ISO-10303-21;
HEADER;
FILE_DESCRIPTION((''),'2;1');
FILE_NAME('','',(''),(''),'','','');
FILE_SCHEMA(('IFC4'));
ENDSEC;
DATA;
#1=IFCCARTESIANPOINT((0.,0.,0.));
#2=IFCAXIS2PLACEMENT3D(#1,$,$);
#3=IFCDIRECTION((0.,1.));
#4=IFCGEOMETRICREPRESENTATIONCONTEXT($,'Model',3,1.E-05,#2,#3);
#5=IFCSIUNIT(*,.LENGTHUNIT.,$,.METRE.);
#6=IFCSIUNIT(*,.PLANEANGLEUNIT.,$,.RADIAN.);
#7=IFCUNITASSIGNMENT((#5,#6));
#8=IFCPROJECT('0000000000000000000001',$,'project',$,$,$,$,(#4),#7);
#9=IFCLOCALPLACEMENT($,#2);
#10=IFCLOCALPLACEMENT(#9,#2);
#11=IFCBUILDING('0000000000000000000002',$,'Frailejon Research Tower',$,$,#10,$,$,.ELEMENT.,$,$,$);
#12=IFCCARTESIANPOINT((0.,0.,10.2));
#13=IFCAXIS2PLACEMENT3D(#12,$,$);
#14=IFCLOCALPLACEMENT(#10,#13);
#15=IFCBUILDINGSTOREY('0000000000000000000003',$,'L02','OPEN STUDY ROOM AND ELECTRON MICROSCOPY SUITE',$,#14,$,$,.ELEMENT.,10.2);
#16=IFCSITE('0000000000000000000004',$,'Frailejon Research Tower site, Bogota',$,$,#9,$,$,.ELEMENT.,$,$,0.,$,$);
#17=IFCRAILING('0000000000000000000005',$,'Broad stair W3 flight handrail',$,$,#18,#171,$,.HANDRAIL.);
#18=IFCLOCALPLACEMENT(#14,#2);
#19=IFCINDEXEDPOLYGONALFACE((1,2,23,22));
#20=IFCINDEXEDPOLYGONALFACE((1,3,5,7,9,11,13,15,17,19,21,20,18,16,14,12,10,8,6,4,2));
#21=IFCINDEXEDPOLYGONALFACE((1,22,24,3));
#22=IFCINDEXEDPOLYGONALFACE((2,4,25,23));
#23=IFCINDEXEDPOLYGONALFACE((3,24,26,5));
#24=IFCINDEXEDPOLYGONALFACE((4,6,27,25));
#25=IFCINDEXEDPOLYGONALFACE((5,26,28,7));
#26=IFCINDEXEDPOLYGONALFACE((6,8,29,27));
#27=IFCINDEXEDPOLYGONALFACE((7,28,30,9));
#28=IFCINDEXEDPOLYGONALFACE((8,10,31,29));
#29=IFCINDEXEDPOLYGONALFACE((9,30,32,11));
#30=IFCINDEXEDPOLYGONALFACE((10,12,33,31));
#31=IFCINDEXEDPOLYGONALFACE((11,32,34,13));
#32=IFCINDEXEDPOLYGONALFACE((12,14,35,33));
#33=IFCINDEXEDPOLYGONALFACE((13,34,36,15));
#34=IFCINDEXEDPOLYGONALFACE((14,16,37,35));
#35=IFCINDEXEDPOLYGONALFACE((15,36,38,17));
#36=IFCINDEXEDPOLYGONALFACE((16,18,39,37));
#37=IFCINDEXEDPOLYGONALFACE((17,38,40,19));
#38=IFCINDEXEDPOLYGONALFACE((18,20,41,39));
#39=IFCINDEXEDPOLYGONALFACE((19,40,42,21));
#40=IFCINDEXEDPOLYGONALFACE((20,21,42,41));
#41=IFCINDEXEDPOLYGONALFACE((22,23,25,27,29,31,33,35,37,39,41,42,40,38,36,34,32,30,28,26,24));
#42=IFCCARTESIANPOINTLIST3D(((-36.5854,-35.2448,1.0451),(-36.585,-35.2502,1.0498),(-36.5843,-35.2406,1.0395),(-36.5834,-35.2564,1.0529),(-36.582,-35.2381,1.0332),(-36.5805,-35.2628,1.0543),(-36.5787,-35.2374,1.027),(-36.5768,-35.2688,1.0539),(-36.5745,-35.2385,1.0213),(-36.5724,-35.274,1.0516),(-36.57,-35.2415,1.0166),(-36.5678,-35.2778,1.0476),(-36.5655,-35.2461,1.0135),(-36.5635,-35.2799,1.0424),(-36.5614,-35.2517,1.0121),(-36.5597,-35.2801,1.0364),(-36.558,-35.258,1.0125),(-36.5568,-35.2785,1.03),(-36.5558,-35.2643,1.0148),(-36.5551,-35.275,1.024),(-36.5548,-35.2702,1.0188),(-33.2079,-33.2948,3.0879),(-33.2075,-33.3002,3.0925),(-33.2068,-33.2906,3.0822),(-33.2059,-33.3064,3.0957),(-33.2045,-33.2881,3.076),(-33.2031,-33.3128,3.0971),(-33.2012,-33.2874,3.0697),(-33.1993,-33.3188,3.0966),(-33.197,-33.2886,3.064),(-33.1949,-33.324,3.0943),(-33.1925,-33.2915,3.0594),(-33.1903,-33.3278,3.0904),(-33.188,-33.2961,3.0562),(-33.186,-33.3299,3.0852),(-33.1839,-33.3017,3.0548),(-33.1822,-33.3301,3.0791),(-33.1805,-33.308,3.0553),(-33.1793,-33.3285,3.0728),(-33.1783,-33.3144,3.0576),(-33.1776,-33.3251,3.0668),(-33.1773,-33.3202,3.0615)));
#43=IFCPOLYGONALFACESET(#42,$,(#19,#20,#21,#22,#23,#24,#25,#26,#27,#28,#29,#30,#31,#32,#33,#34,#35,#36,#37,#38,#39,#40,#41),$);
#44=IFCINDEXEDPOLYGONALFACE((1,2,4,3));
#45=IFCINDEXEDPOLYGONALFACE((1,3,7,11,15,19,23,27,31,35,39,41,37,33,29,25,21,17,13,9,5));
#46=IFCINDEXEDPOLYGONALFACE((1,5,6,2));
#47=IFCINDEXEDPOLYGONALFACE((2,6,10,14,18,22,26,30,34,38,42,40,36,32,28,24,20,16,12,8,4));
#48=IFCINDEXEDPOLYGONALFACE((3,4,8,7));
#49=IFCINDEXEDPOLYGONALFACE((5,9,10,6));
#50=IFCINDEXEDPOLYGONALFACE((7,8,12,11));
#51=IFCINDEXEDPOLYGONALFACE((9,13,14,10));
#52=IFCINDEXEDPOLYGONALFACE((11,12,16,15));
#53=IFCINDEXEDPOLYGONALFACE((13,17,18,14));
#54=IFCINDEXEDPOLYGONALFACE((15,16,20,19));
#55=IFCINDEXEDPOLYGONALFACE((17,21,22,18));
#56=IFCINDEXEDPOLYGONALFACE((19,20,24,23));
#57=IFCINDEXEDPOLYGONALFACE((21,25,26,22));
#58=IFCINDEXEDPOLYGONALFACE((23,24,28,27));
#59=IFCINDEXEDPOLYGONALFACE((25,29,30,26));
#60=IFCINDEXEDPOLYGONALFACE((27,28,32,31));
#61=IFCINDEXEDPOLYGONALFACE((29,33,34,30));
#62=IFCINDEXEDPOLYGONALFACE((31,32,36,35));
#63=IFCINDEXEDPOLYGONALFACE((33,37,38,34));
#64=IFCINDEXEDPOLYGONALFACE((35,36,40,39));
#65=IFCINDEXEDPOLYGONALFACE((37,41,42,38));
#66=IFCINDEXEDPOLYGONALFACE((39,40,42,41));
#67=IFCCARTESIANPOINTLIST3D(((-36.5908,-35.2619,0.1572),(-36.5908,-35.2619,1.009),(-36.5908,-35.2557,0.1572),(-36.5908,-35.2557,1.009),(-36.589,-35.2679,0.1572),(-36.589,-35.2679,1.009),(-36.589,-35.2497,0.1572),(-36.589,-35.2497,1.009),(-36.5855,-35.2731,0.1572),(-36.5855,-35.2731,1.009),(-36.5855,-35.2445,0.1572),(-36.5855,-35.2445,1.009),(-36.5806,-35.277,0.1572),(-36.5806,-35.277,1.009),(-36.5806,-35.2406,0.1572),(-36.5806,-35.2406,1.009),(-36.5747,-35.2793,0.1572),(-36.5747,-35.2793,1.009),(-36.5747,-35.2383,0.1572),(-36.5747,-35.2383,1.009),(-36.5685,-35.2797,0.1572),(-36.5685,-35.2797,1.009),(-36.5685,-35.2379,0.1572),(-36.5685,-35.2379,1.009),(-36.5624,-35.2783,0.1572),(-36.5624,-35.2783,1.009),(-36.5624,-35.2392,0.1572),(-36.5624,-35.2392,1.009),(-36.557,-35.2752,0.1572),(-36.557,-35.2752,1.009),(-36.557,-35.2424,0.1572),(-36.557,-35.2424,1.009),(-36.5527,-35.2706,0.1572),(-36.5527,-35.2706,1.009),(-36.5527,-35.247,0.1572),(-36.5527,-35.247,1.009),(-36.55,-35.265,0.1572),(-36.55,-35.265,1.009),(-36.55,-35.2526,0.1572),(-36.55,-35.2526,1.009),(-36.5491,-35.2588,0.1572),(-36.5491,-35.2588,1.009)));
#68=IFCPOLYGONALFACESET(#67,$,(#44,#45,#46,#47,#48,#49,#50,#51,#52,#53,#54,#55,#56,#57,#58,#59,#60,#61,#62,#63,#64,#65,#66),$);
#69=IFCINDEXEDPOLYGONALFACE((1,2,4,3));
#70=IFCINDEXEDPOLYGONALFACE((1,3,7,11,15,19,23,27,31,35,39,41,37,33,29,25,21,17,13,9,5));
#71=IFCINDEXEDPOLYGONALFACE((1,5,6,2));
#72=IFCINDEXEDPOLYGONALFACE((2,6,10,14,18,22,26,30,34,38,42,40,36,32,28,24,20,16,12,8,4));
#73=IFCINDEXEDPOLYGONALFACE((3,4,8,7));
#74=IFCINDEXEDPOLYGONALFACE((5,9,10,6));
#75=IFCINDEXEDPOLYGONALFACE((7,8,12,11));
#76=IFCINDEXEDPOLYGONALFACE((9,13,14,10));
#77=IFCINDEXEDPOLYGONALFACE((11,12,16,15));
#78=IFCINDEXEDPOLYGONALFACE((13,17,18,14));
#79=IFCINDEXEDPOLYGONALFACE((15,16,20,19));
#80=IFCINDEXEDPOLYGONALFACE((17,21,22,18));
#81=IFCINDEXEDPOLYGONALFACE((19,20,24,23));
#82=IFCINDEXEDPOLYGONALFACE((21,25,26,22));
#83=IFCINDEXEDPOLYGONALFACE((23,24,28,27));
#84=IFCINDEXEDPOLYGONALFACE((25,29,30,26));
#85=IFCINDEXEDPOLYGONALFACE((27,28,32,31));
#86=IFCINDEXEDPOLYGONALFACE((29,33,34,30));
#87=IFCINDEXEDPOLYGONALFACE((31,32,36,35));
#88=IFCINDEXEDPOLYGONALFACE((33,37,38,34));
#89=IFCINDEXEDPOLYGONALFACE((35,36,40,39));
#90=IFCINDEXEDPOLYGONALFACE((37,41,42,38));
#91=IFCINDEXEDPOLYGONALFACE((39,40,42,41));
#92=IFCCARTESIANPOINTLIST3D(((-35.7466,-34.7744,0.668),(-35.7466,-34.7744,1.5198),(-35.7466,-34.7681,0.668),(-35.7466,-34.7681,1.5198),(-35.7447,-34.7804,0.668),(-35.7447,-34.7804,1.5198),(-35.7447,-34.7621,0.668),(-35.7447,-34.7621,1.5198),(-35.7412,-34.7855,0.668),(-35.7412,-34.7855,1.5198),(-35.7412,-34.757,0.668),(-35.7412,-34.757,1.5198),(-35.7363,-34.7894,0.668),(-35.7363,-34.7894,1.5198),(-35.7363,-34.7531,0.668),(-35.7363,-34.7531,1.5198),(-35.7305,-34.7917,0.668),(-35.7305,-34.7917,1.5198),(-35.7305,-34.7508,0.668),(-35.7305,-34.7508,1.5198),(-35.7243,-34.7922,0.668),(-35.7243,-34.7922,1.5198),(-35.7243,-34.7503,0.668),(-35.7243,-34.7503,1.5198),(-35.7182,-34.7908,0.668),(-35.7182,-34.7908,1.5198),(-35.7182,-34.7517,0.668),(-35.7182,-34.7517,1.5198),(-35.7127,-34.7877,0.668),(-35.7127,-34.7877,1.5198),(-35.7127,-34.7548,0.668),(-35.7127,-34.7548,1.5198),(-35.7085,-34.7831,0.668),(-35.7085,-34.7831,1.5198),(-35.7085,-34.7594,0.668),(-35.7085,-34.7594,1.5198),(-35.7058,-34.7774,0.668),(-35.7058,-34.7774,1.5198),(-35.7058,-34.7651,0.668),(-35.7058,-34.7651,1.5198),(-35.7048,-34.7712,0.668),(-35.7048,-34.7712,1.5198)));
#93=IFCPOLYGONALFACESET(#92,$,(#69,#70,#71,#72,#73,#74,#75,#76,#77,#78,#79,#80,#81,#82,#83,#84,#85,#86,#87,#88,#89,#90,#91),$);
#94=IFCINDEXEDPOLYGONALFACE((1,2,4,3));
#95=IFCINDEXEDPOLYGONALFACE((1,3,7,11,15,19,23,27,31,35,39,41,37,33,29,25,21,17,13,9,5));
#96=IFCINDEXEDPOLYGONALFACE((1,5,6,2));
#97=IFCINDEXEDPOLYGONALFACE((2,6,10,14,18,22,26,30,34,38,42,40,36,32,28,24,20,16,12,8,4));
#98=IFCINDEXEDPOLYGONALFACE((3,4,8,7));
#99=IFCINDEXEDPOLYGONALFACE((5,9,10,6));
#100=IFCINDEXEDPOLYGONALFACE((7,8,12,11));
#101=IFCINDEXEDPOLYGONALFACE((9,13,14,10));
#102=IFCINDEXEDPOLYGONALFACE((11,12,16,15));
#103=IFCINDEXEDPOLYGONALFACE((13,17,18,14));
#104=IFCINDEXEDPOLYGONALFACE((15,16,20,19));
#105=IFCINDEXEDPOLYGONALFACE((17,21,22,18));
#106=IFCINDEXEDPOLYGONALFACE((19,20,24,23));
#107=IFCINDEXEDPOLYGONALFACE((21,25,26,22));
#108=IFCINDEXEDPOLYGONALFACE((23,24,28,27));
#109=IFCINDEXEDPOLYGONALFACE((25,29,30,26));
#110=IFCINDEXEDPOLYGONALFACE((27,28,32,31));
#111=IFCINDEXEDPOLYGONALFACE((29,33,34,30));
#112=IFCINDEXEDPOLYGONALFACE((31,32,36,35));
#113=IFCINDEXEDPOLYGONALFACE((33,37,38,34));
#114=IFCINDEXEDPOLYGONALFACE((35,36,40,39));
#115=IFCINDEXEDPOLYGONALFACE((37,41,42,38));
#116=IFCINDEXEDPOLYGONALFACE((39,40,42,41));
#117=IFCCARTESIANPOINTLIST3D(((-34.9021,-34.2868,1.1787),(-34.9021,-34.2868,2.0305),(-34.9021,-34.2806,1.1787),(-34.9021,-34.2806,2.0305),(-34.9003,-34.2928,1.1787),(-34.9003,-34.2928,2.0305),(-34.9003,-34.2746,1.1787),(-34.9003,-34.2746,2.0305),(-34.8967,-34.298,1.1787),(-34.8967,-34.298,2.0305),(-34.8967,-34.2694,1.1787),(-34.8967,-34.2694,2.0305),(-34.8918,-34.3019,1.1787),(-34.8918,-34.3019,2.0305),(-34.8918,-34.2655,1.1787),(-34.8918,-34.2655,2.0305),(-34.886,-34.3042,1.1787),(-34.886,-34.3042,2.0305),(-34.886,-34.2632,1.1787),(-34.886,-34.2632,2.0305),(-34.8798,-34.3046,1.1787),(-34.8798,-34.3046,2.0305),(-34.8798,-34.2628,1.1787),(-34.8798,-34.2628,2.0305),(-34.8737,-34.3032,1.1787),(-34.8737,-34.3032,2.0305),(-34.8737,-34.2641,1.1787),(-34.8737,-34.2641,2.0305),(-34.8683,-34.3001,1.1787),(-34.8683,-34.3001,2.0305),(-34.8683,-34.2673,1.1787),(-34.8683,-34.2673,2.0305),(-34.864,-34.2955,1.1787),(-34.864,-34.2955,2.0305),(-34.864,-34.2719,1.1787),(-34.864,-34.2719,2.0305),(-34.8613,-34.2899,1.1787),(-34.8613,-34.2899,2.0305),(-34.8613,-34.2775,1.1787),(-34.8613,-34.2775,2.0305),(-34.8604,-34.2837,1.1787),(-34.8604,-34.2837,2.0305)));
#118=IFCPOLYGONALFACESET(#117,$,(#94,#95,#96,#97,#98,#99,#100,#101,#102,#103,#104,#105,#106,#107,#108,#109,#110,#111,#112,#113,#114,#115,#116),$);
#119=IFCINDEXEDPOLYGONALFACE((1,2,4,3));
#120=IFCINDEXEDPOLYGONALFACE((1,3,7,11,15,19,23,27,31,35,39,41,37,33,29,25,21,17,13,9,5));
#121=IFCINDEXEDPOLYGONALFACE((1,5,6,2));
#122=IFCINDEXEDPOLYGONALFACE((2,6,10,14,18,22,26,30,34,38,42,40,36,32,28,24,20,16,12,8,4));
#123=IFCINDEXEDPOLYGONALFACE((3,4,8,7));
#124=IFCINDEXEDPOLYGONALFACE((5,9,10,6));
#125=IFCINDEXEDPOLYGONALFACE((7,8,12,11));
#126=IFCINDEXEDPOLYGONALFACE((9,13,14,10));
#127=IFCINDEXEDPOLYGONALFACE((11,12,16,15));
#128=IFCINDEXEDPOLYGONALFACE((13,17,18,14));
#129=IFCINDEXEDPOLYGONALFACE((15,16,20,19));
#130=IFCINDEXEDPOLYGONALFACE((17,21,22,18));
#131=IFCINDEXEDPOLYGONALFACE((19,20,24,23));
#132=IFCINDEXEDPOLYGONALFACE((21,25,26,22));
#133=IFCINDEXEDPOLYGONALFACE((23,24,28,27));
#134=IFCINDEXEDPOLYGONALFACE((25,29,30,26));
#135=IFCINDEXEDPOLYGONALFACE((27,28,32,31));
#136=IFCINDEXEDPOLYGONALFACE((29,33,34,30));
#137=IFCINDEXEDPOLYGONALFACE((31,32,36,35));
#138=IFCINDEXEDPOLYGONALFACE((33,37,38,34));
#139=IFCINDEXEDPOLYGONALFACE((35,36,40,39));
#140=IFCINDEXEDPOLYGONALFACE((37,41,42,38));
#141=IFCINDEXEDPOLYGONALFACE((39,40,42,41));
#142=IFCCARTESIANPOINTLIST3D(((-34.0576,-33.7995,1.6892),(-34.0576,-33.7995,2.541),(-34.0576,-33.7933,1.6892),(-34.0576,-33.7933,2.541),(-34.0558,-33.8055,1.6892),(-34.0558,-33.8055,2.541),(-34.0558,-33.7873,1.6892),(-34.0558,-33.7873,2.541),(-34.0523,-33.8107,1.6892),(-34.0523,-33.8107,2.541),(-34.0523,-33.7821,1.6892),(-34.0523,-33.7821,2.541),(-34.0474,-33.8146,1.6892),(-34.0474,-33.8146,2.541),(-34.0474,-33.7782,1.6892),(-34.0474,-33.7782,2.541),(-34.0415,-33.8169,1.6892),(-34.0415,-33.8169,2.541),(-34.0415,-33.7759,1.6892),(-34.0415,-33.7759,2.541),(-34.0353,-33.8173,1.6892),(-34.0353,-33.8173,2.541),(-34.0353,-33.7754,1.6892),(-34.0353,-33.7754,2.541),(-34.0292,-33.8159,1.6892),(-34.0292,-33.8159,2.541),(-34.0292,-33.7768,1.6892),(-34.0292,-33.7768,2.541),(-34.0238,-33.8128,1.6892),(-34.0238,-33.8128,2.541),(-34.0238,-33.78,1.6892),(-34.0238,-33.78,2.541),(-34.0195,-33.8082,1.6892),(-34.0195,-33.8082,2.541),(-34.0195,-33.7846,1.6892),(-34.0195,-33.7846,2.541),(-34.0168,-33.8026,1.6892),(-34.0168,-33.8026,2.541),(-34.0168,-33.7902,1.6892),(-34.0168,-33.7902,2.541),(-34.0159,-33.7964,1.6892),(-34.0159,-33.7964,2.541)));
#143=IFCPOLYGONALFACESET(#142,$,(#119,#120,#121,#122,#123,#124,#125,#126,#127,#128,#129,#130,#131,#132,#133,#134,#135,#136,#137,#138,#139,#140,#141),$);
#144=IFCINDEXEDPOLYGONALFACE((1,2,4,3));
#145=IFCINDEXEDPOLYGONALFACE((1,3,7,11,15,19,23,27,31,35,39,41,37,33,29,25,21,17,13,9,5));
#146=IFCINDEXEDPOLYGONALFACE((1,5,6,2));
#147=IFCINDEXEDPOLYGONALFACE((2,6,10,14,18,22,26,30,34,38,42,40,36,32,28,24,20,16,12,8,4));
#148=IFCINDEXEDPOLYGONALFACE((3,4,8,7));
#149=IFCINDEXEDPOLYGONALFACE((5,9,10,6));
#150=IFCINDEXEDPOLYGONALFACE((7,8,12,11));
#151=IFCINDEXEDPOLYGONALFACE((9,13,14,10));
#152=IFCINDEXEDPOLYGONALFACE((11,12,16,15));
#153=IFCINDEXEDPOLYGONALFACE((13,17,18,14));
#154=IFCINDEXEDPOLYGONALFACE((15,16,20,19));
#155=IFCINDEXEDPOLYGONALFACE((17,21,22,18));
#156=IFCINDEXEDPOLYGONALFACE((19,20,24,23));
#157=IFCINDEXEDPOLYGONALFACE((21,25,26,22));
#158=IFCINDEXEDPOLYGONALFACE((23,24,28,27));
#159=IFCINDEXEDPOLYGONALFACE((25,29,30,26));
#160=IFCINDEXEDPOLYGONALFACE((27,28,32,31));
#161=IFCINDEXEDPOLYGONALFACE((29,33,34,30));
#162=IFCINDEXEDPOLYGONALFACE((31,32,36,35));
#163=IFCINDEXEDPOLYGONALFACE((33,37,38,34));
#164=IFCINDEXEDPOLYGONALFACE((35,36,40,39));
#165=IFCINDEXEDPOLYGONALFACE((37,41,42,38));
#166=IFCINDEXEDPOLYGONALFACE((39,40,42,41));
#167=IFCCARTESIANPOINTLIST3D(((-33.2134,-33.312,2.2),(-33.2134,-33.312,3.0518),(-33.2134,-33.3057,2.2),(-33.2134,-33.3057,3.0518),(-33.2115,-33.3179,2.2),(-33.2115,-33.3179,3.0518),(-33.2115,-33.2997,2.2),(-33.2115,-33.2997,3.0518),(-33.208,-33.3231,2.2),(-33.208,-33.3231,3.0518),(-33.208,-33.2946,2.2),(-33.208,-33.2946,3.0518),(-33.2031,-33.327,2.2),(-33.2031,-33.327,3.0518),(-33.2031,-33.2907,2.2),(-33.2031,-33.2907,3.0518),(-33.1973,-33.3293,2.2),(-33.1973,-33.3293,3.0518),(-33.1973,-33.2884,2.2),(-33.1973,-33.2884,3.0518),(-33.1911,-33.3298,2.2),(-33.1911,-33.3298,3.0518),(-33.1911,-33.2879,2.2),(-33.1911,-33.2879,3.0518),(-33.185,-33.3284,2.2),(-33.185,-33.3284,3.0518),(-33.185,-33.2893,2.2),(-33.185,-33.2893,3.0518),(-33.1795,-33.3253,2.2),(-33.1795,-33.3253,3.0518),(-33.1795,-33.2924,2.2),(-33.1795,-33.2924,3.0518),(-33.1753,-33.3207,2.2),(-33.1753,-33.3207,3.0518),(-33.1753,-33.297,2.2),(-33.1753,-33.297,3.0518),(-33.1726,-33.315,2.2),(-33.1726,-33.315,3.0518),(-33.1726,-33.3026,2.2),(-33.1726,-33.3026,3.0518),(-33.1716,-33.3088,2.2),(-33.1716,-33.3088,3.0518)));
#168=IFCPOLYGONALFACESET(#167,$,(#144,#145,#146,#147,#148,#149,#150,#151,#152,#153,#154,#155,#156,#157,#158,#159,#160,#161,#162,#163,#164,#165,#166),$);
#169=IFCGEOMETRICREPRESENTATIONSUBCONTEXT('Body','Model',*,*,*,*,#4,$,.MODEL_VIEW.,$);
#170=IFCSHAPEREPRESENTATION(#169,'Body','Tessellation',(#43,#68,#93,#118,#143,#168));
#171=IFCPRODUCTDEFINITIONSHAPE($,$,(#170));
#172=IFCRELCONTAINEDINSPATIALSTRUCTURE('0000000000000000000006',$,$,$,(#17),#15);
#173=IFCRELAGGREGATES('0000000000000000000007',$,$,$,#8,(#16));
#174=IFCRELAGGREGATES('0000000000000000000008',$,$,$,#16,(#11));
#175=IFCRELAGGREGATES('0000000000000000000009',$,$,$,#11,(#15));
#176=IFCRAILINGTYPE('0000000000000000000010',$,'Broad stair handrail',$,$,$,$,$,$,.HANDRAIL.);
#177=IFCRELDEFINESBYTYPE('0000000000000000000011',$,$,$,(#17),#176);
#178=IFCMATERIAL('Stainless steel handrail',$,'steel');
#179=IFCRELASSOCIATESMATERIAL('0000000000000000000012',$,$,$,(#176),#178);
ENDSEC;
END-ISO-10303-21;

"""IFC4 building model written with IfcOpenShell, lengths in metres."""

from ifc_helpers import new_model, si_unit, direction, frame, origin, origin_2d, place, context, subcontext, project, spatial, circle, extrude, material, type_object, element, save


model = new_model("IFC4")

# Units and contexts
model_context = context("Model", 3, precision=1e-05, world=origin(), true_north=direction((0.0, 1.0)))
body_context = subcontext(model_context, "Body", "Model", "MODEL_VIEW")
ifc_project = project(units=[si_unit("LENGTHUNIT", "METRE"), si_unit("PLANEANGLEUNIT", "RADIAN")], contexts=[model_context])

# Site, building, storey
site_placement = place(None, origin())
site = spatial("IfcSite", under=ifc_project, at=site_placement, Name="Frailejon Research Tower site, Bogota", CompositionType="ELEMENT", RefElevation=0.0)
building_placement = place(site_placement, origin())
building = spatial("IfcBuilding", under=site, at=building_placement, Name="Frailejon Research Tower", CompositionType="ELEMENT")
storey_placement = place(building_placement, frame((0.0, 0.0, 10.2)))
storey = spatial("IfcBuildingStorey", under=building, at=storey_placement, Name="L02", Description="OPEN STUDY ROOM AND ELECTRON MICROSCOPY SUITE", CompositionType="ELEMENT", Elevation=10.2)

# Railing
ifc_material_1 = material(Name="Stainless steel handrail", Category="steel")
railing_type_1 = type_object("IfcRailingType", Name="Broad stair handrail", PredefinedType="HANDRAIL", material=ifc_material_1)
railing_1_placement = place(storey_placement, frame((-36.5701, -35.2588, 0.1572)))
element("IfcRailing", 1, at=railing_1_placement, inside=storey, type_object=railing_type_1, Name="Broad stair W3 flight handrail", PredefinedType="HANDRAIL", context=body_context, shape_type="SweptSolid", body=[
    extrude(circle(Radius=0.0239, at=origin_2d()), frame((0.0, 0.0, 0.876), z_axis=(0.767162, 0.442917, 0.46399), x_axis=(-0.499997, 0.866027, 0.0)), (0.0, 0.0, 1.0), 4.4026),
    extrude(circle(Radius=0.021, at=origin_2d()), origin(), (0.0, 0.0, 1.0), 0.8518),
    extrude(circle(Radius=0.021, at=origin_2d()), frame((0.8442, 0.4875, 0.5107)), (0.0, 0.0, 1.0), 0.8518),
    extrude(circle(Radius=0.021, at=origin_2d()), frame((1.6887, 0.9751, 1.0215)), (0.0, 0.0, 1.0), 0.8518),
    extrude(circle(Radius=0.021, at=origin_2d()), frame((2.5332, 1.4624, 1.532)), (0.0, 0.0, 1.0), 0.8518),
    extrude(circle(Radius=0.021, at=origin_2d()), frame((3.3774, 1.95, 2.0427)), (0.0, 0.0, 1.0), 0.8518),
])

save(model, "model.ifc")
